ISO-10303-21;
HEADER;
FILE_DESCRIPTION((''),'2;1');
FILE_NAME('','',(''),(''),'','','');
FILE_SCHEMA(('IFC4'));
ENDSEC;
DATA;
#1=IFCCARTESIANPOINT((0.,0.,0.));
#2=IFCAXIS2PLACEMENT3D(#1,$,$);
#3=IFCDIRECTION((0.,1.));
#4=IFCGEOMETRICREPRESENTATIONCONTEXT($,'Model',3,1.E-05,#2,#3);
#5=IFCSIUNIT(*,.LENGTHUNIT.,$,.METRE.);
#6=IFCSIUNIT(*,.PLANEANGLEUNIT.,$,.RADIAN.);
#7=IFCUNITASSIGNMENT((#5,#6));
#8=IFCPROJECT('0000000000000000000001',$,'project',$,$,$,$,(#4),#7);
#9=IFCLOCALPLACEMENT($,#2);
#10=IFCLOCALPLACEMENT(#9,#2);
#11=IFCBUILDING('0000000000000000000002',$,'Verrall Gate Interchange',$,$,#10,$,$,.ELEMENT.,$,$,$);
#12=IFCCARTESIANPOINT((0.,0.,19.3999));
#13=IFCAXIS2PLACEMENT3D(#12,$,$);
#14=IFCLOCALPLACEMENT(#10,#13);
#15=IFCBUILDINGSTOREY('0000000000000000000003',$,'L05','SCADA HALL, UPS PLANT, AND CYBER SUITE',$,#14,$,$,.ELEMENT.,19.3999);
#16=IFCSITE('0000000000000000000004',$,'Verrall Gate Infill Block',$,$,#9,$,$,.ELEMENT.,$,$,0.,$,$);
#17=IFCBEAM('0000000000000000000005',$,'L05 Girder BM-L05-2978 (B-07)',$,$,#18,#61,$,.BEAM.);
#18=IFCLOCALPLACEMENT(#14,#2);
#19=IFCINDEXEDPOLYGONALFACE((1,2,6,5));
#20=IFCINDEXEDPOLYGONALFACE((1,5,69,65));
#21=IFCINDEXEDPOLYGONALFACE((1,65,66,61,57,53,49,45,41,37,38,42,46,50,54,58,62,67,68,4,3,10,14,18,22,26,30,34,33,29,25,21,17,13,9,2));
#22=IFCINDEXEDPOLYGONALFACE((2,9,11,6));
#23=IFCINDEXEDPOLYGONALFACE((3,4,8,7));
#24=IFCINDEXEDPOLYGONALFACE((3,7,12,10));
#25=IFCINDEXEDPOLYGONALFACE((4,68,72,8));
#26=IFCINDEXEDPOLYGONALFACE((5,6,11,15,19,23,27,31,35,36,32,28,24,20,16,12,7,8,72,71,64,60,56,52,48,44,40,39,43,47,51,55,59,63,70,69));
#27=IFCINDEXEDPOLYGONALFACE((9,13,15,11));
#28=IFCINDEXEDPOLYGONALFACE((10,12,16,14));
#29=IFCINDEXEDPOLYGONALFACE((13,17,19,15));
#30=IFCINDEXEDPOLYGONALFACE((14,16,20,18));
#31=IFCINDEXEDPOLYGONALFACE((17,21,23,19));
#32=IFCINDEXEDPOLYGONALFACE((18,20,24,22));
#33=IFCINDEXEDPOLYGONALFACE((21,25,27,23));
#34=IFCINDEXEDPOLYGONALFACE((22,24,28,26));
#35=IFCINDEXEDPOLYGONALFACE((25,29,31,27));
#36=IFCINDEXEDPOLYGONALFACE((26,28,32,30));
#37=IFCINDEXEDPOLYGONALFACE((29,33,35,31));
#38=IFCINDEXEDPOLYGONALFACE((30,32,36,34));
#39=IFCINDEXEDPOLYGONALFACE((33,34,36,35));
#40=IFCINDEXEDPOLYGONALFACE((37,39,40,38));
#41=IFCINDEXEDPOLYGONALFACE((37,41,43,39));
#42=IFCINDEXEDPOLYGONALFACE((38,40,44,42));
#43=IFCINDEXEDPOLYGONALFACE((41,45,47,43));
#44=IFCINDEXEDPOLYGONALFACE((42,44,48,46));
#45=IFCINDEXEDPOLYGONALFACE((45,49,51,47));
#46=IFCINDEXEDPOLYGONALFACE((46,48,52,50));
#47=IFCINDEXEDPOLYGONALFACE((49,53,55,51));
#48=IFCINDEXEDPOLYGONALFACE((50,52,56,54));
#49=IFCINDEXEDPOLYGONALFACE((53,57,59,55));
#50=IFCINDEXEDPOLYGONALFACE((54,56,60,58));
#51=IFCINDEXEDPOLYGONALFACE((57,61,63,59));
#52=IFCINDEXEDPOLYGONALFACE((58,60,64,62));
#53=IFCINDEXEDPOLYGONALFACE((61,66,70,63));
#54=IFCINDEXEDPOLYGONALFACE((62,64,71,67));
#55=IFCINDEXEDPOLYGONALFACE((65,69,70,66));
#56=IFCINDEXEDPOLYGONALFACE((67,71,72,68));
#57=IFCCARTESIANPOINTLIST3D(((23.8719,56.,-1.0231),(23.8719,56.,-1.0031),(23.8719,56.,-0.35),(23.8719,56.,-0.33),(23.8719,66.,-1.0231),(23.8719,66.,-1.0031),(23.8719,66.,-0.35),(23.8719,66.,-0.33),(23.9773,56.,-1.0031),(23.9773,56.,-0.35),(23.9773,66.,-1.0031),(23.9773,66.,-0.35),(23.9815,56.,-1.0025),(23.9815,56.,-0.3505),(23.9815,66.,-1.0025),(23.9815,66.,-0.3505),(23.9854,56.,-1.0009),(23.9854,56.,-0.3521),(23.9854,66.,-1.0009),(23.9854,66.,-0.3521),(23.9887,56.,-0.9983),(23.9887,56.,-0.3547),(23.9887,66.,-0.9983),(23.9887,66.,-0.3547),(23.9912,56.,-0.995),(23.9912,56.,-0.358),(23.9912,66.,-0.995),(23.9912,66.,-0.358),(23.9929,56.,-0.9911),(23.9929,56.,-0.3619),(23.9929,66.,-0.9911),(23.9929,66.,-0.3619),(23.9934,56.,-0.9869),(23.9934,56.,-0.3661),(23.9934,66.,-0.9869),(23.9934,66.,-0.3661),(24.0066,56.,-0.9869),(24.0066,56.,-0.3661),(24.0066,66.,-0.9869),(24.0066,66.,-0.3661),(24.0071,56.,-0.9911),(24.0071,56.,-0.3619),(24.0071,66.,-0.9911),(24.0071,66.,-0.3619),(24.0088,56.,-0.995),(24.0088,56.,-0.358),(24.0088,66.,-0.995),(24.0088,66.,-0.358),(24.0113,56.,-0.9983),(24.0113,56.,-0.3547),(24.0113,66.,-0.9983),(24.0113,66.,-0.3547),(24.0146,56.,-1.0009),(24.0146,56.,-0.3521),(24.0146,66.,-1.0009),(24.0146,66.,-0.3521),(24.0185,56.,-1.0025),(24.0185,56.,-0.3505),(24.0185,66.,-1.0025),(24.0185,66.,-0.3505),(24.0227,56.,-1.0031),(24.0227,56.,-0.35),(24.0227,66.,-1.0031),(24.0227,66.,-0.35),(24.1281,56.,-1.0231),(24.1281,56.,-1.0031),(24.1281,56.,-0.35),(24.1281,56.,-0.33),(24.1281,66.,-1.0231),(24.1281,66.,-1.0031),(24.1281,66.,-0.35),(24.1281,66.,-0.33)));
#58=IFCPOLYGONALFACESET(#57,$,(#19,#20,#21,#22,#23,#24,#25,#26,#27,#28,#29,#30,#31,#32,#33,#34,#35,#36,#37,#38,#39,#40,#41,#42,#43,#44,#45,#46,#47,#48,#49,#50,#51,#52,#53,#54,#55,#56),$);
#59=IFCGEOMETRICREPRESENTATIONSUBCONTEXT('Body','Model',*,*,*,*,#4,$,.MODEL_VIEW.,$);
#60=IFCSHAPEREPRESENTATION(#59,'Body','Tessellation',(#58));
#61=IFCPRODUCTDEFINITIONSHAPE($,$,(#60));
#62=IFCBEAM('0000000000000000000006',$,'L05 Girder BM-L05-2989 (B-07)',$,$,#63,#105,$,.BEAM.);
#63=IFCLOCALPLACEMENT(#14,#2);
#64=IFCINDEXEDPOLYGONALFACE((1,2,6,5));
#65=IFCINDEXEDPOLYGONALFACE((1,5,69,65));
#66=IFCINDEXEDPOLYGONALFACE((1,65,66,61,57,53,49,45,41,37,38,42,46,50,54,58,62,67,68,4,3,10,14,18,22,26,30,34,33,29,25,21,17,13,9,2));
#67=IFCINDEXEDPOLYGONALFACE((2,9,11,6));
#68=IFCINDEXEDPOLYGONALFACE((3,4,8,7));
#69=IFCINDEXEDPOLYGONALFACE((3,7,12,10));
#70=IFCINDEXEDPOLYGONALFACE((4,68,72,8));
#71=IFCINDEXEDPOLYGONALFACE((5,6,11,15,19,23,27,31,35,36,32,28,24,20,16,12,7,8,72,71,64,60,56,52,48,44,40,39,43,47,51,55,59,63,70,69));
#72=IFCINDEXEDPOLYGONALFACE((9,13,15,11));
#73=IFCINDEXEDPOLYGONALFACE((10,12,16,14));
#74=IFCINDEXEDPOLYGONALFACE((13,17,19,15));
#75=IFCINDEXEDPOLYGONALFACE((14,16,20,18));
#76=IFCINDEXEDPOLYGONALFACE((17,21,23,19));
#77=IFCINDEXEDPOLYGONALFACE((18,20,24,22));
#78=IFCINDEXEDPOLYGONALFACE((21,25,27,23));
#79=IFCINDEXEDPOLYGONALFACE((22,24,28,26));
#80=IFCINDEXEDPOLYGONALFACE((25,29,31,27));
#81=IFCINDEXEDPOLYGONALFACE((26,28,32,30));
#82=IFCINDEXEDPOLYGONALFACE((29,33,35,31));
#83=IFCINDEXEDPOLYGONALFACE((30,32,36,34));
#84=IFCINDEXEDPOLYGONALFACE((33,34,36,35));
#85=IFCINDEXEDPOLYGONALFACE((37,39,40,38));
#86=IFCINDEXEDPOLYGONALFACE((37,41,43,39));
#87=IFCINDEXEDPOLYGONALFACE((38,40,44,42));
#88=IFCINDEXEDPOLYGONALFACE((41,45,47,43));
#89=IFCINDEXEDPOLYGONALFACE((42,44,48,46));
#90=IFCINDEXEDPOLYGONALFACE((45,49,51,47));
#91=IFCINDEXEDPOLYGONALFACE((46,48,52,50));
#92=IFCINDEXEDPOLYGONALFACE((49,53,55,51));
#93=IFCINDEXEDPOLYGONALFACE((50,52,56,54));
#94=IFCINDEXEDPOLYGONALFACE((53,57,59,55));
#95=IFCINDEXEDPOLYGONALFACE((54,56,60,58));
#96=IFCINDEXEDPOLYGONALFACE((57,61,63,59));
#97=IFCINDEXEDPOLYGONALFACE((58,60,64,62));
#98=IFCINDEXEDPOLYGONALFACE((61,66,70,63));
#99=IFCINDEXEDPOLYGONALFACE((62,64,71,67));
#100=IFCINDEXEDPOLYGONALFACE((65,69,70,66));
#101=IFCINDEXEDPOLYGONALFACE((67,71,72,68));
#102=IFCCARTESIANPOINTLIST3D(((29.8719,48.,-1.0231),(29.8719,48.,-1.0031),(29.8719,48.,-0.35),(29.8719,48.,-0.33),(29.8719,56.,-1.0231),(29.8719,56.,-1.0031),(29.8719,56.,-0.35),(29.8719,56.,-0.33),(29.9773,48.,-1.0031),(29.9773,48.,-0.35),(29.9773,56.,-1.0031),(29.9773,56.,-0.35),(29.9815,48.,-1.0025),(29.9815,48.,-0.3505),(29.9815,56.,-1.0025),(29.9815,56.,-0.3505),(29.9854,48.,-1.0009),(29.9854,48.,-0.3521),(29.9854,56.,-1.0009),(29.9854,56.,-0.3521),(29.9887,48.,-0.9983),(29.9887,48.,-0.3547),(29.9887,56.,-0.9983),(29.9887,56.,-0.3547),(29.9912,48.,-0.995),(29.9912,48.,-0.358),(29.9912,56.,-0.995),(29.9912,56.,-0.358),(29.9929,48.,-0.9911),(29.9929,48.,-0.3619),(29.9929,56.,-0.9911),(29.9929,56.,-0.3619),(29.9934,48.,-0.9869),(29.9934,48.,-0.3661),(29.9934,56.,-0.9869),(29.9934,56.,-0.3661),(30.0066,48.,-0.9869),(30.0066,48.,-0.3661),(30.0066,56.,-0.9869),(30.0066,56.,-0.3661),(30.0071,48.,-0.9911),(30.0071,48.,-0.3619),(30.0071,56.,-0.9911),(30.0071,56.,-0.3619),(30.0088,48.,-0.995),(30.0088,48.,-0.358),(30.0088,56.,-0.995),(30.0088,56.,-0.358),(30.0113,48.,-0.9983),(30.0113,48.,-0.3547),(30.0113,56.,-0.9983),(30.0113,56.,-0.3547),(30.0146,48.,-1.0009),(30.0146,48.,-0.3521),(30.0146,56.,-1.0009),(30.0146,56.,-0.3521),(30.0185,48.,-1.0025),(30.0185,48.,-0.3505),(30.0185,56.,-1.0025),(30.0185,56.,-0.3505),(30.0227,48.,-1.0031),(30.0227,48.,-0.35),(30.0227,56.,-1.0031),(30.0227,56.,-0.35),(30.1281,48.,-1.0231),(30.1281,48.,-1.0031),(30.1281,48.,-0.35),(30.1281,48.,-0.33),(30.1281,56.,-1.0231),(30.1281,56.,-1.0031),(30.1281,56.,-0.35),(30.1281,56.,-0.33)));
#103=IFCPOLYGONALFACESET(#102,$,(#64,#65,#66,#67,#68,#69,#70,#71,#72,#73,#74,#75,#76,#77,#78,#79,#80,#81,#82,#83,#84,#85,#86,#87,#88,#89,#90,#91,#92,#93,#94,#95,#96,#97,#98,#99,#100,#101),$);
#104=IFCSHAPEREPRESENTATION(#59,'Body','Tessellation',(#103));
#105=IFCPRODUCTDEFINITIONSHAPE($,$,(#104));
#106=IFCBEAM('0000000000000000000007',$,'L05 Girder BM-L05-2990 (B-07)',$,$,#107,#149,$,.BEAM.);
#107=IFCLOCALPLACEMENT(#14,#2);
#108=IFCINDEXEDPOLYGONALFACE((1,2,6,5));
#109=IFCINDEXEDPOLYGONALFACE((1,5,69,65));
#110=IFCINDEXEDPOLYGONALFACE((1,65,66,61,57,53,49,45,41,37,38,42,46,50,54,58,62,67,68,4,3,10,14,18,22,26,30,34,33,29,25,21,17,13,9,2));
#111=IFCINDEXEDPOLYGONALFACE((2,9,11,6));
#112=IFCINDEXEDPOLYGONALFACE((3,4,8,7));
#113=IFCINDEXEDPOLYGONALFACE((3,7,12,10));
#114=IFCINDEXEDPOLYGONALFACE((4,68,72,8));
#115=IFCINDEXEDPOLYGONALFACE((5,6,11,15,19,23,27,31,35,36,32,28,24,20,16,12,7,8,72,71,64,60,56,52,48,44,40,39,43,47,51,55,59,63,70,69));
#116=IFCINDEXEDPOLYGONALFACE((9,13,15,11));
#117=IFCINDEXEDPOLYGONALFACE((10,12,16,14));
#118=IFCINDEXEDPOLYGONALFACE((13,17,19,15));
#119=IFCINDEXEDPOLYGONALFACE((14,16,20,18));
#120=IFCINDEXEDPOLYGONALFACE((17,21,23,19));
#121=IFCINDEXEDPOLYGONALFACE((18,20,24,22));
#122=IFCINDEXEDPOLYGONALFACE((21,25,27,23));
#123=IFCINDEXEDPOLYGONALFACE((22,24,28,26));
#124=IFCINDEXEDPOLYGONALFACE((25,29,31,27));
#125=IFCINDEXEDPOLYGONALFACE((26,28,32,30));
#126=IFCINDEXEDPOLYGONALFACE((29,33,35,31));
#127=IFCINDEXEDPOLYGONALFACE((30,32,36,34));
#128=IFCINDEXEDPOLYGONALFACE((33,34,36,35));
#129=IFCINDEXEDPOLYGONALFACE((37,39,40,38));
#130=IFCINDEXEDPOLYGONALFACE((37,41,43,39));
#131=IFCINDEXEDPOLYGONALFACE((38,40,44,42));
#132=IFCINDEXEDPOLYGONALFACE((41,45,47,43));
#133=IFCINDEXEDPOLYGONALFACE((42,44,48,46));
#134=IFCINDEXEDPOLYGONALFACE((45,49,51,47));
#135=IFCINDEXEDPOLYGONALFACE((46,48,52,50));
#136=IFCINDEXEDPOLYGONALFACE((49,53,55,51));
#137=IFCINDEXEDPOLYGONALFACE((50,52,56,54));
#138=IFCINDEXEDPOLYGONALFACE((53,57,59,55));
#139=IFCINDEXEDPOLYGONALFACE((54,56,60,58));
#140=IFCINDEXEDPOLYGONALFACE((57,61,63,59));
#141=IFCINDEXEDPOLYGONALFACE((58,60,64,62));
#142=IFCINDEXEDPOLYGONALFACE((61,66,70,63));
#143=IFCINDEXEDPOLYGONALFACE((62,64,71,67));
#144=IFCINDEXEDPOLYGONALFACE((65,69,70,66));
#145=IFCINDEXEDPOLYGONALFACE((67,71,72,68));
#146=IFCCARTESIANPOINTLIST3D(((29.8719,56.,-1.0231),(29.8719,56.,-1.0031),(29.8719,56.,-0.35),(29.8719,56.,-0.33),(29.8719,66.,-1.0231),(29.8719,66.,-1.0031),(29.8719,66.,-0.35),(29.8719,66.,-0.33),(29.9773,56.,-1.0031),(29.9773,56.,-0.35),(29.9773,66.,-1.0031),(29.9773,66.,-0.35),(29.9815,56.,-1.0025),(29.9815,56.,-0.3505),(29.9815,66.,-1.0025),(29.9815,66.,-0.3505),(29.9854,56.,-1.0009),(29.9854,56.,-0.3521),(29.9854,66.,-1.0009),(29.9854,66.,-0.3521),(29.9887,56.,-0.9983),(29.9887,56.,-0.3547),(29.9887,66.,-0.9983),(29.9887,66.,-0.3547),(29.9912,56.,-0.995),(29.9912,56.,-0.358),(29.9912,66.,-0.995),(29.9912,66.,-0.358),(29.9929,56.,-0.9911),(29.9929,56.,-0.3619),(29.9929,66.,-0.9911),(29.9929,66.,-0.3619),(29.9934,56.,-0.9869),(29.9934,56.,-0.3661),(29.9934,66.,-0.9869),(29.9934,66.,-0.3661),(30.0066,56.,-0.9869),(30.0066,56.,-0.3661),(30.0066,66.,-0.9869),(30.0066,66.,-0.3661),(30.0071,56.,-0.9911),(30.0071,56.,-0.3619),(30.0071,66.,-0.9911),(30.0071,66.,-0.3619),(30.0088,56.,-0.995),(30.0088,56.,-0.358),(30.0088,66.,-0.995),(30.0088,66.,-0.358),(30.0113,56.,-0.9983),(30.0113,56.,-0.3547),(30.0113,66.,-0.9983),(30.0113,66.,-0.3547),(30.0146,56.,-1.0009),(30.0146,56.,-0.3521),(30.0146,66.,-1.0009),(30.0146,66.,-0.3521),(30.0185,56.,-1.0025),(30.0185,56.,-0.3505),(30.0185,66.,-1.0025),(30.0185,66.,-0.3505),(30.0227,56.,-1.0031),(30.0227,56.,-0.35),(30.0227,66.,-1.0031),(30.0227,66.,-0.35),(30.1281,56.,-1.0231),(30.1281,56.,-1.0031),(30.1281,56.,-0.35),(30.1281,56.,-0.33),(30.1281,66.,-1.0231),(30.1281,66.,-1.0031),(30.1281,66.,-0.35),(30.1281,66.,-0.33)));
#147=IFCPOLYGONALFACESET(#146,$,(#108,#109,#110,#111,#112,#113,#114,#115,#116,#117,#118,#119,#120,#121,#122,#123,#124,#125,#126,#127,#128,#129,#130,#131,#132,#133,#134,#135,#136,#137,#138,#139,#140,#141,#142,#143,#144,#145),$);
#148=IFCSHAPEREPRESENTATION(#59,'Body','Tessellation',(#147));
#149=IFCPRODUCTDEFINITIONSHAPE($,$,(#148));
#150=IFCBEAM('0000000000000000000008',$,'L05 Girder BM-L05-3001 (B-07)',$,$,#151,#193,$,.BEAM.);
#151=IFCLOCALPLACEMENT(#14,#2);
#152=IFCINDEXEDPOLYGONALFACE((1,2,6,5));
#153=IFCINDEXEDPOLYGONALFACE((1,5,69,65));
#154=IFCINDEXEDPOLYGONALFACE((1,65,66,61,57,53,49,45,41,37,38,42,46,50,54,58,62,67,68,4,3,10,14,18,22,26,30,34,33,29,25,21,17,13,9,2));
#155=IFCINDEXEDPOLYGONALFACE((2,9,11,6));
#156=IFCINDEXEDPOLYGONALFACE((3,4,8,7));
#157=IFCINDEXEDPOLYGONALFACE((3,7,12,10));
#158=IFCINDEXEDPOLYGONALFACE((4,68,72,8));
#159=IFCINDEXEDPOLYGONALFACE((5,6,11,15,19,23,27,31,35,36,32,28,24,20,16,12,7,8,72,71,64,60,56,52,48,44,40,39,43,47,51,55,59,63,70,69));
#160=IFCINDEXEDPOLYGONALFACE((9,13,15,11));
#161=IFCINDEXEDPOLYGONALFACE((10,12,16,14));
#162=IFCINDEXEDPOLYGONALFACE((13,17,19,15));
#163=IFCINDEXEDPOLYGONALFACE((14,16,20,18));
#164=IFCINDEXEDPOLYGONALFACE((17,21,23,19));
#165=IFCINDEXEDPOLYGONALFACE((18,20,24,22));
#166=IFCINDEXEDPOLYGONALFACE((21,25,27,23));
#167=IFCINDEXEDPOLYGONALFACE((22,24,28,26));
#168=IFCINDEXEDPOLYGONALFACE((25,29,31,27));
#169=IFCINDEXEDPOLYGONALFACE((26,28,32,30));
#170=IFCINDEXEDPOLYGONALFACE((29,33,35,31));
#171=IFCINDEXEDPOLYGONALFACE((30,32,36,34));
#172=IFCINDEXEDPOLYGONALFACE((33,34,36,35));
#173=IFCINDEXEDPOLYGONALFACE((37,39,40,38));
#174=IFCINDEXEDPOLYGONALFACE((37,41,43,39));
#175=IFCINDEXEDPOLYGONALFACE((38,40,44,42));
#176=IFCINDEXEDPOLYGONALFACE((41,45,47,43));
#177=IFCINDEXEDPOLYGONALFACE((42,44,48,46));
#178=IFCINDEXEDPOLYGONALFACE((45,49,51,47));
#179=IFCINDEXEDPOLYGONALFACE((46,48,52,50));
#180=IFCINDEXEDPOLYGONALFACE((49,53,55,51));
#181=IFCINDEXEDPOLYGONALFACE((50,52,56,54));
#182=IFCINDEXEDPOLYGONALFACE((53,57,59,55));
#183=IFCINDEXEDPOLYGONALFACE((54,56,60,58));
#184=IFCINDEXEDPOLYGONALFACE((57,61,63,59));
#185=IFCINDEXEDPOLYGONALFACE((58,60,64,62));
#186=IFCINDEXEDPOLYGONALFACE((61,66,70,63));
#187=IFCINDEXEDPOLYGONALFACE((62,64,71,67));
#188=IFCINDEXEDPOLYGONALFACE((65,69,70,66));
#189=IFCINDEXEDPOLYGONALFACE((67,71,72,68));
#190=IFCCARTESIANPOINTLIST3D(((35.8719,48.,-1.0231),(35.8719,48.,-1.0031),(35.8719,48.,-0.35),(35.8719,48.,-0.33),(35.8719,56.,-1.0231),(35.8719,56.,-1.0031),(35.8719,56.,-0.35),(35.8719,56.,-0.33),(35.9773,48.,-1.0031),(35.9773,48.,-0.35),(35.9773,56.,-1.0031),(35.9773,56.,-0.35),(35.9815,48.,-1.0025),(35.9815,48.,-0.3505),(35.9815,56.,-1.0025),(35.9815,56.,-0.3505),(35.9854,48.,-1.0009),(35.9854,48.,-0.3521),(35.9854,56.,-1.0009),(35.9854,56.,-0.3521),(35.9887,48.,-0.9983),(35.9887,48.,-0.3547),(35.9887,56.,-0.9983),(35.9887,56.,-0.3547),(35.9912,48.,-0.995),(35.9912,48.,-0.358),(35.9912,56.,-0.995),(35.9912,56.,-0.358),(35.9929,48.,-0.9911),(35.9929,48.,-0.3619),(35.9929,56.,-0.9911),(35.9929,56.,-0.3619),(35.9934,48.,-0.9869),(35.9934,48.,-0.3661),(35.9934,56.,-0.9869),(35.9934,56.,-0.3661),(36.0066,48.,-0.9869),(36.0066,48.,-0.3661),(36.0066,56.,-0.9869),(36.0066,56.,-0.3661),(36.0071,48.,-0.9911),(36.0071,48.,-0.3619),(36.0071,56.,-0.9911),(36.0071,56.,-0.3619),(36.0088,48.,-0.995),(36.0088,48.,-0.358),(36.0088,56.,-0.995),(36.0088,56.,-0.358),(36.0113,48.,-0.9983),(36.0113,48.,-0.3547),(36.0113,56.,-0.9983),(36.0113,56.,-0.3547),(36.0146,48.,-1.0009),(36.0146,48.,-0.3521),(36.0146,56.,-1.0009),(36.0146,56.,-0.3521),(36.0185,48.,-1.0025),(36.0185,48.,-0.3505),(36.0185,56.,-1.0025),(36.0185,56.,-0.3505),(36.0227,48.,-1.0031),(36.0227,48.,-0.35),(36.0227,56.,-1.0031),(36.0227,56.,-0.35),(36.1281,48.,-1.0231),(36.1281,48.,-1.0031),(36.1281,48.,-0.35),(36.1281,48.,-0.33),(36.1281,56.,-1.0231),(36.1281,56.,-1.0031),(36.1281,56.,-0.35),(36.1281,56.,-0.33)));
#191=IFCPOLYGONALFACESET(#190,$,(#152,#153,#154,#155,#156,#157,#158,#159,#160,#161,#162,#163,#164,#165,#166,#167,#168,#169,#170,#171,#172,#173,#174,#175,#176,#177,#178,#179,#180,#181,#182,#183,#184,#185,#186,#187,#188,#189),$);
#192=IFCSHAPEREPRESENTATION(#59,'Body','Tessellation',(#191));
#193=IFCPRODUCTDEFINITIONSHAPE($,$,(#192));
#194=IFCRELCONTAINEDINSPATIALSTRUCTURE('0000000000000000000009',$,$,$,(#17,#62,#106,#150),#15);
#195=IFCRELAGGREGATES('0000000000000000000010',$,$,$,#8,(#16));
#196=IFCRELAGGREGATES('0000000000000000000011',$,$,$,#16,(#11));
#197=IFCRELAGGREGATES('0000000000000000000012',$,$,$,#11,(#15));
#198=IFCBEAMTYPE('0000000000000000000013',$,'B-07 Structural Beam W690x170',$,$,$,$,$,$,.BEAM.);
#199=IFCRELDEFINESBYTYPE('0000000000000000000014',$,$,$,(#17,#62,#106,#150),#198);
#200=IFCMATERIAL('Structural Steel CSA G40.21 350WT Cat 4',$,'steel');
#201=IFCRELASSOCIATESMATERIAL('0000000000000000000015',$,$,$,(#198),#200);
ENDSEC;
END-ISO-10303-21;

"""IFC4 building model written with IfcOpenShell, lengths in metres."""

from ifc_helpers import new_model, si_unit, direction, frame, origin, origin_2d, place, context, subcontext, project, spatial, i_section, extrude, material, material_profile, profile_set, type_object, element, save


model = new_model("IFC4")

# Units and contexts
model_context = context("Model", 3, precision=1e-05, world=origin(), true_north=direction((0.0, 1.0)))
body_context = subcontext(model_context, "Body", "Model", "MODEL_VIEW")
ifc_project = project(units=[si_unit("LENGTHUNIT", "METRE"), si_unit("PLANEANGLEUNIT", "RADIAN")], contexts=[model_context])

# Site, building, storey
site_placement = place(None, origin())
site = spatial("IfcSite", under=ifc_project, at=site_placement, Name="Verrall Gate Infill Block", CompositionType="ELEMENT", RefElevation=0.0)
building_placement = place(site_placement, origin())
building = spatial("IfcBuilding", under=site, at=building_placement, Name="Verrall Gate Interchange", CompositionType="ELEMENT")
storey_placement = place(building_placement, frame((0.0, 0.0, 19.3999)))
storey = spatial("IfcBuildingStorey", under=building, at=storey_placement, Name="L05", Description="SCADA HALL, UPS PLANT, AND CYBER SUITE", CompositionType="ELEMENT", Elevation=19.3999)

# Beams
ifc_material_1 = material(Name="Structural Steel CSA G40.21 350WT Cat 4", Category="steel")
ifc_material_profile_1 = material_profile(ifc_material_1, i_section(OverallWidth=0.2561, OverallDepth=0.6931, WebThickness=0.0132, FlangeThickness=0.02, FilletRadius=0.0161, at=origin_2d()), Name="W690x170")
ifc_profile_set_1 = profile_set([ifc_material_profile_1], Name="Structural Steel CSA G40.21 350WT Cat 4")
beam_type_1 = type_object("IfcBeamType", Name="B-07 Structural Beam W690x170", PredefinedType="BEAM", material=ifc_profile_set_1)
beam_1_placement = place(storey_placement, frame((24.0, 56.0, -0.6765), z_axis=(0.0, 1.0, 0.0), x_axis=(-1.0, 0.0, 0.0)))
element("IfcBeam", 1, at=beam_1_placement, inside=storey, type_object=beam_type_1, Name="L05 Girder BM-L05-2978 (B-07)", PredefinedType="BEAM", context=body_context, shape_type="SweptSolid", body=[
    extrude(i_section(OverallWidth=0.2561, OverallDepth=0.6931, WebThickness=0.0132, FlangeThickness=0.02, FilletRadius=0.0161, at=origin_2d()), origin(), (0.0, 0.0, 1.0), 10.0),
])
beam_2_placement = place(storey_placement, frame((30.0, 48.0, -0.6765), z_axis=(0.0, 1.0, 0.0), x_axis=(-1.0, 0.0, 0.0)))
element("IfcBeam", 2, at=beam_2_placement, inside=storey, type_object=beam_type_1, Name="L05 Girder BM-L05-2989 (B-07)", PredefinedType="BEAM", context=body_context, shape_type="SweptSolid", body=[
    extrude(i_section(OverallWidth=0.2561, OverallDepth=0.6931, WebThickness=0.0132, FlangeThickness=0.02, FilletRadius=0.0161, at=origin_2d()), origin(), (0.0, 0.0, 1.0), 8.0),
])
beam_3_placement = place(storey_placement, frame((30.0, 56.0, -0.6765), z_axis=(0.0, 1.0, 0.0), x_axis=(-1.0, 0.0, 0.0)))
element("IfcBeam", 3, at=beam_3_placement, inside=storey, type_object=beam_type_1, Name="L05 Girder BM-L05-2990 (B-07)", PredefinedType="BEAM", context=body_context, shape_type="SweptSolid", body=[
    extrude(i_section(OverallWidth=0.2561, OverallDepth=0.6931, WebThickness=0.0132, FlangeThickness=0.02, FilletRadius=0.0161, at=origin_2d()), origin(), (0.0, 0.0, 1.0), 10.0),
])
beam_4_placement = place(storey_placement, frame((36.0, 48.0, -0.6765), z_axis=(0.0, 1.0, 0.0), x_axis=(-1.0, 0.0, 0.0)))
element("IfcBeam", 4, at=beam_4_placement, inside=storey, type_object=beam_type_1, Name="L05 Girder BM-L05-3001 (B-07)", PredefinedType="BEAM", context=body_context, shape_type="SweptSolid", body=[
    extrude(i_section(OverallWidth=0.2561, OverallDepth=0.6931, WebThickness=0.0132, FlangeThickness=0.02, FilletRadius=0.0161, at=origin_2d()), origin(), (0.0, 0.0, 1.0), 8.0),
])

save(model, "model.ifc")
